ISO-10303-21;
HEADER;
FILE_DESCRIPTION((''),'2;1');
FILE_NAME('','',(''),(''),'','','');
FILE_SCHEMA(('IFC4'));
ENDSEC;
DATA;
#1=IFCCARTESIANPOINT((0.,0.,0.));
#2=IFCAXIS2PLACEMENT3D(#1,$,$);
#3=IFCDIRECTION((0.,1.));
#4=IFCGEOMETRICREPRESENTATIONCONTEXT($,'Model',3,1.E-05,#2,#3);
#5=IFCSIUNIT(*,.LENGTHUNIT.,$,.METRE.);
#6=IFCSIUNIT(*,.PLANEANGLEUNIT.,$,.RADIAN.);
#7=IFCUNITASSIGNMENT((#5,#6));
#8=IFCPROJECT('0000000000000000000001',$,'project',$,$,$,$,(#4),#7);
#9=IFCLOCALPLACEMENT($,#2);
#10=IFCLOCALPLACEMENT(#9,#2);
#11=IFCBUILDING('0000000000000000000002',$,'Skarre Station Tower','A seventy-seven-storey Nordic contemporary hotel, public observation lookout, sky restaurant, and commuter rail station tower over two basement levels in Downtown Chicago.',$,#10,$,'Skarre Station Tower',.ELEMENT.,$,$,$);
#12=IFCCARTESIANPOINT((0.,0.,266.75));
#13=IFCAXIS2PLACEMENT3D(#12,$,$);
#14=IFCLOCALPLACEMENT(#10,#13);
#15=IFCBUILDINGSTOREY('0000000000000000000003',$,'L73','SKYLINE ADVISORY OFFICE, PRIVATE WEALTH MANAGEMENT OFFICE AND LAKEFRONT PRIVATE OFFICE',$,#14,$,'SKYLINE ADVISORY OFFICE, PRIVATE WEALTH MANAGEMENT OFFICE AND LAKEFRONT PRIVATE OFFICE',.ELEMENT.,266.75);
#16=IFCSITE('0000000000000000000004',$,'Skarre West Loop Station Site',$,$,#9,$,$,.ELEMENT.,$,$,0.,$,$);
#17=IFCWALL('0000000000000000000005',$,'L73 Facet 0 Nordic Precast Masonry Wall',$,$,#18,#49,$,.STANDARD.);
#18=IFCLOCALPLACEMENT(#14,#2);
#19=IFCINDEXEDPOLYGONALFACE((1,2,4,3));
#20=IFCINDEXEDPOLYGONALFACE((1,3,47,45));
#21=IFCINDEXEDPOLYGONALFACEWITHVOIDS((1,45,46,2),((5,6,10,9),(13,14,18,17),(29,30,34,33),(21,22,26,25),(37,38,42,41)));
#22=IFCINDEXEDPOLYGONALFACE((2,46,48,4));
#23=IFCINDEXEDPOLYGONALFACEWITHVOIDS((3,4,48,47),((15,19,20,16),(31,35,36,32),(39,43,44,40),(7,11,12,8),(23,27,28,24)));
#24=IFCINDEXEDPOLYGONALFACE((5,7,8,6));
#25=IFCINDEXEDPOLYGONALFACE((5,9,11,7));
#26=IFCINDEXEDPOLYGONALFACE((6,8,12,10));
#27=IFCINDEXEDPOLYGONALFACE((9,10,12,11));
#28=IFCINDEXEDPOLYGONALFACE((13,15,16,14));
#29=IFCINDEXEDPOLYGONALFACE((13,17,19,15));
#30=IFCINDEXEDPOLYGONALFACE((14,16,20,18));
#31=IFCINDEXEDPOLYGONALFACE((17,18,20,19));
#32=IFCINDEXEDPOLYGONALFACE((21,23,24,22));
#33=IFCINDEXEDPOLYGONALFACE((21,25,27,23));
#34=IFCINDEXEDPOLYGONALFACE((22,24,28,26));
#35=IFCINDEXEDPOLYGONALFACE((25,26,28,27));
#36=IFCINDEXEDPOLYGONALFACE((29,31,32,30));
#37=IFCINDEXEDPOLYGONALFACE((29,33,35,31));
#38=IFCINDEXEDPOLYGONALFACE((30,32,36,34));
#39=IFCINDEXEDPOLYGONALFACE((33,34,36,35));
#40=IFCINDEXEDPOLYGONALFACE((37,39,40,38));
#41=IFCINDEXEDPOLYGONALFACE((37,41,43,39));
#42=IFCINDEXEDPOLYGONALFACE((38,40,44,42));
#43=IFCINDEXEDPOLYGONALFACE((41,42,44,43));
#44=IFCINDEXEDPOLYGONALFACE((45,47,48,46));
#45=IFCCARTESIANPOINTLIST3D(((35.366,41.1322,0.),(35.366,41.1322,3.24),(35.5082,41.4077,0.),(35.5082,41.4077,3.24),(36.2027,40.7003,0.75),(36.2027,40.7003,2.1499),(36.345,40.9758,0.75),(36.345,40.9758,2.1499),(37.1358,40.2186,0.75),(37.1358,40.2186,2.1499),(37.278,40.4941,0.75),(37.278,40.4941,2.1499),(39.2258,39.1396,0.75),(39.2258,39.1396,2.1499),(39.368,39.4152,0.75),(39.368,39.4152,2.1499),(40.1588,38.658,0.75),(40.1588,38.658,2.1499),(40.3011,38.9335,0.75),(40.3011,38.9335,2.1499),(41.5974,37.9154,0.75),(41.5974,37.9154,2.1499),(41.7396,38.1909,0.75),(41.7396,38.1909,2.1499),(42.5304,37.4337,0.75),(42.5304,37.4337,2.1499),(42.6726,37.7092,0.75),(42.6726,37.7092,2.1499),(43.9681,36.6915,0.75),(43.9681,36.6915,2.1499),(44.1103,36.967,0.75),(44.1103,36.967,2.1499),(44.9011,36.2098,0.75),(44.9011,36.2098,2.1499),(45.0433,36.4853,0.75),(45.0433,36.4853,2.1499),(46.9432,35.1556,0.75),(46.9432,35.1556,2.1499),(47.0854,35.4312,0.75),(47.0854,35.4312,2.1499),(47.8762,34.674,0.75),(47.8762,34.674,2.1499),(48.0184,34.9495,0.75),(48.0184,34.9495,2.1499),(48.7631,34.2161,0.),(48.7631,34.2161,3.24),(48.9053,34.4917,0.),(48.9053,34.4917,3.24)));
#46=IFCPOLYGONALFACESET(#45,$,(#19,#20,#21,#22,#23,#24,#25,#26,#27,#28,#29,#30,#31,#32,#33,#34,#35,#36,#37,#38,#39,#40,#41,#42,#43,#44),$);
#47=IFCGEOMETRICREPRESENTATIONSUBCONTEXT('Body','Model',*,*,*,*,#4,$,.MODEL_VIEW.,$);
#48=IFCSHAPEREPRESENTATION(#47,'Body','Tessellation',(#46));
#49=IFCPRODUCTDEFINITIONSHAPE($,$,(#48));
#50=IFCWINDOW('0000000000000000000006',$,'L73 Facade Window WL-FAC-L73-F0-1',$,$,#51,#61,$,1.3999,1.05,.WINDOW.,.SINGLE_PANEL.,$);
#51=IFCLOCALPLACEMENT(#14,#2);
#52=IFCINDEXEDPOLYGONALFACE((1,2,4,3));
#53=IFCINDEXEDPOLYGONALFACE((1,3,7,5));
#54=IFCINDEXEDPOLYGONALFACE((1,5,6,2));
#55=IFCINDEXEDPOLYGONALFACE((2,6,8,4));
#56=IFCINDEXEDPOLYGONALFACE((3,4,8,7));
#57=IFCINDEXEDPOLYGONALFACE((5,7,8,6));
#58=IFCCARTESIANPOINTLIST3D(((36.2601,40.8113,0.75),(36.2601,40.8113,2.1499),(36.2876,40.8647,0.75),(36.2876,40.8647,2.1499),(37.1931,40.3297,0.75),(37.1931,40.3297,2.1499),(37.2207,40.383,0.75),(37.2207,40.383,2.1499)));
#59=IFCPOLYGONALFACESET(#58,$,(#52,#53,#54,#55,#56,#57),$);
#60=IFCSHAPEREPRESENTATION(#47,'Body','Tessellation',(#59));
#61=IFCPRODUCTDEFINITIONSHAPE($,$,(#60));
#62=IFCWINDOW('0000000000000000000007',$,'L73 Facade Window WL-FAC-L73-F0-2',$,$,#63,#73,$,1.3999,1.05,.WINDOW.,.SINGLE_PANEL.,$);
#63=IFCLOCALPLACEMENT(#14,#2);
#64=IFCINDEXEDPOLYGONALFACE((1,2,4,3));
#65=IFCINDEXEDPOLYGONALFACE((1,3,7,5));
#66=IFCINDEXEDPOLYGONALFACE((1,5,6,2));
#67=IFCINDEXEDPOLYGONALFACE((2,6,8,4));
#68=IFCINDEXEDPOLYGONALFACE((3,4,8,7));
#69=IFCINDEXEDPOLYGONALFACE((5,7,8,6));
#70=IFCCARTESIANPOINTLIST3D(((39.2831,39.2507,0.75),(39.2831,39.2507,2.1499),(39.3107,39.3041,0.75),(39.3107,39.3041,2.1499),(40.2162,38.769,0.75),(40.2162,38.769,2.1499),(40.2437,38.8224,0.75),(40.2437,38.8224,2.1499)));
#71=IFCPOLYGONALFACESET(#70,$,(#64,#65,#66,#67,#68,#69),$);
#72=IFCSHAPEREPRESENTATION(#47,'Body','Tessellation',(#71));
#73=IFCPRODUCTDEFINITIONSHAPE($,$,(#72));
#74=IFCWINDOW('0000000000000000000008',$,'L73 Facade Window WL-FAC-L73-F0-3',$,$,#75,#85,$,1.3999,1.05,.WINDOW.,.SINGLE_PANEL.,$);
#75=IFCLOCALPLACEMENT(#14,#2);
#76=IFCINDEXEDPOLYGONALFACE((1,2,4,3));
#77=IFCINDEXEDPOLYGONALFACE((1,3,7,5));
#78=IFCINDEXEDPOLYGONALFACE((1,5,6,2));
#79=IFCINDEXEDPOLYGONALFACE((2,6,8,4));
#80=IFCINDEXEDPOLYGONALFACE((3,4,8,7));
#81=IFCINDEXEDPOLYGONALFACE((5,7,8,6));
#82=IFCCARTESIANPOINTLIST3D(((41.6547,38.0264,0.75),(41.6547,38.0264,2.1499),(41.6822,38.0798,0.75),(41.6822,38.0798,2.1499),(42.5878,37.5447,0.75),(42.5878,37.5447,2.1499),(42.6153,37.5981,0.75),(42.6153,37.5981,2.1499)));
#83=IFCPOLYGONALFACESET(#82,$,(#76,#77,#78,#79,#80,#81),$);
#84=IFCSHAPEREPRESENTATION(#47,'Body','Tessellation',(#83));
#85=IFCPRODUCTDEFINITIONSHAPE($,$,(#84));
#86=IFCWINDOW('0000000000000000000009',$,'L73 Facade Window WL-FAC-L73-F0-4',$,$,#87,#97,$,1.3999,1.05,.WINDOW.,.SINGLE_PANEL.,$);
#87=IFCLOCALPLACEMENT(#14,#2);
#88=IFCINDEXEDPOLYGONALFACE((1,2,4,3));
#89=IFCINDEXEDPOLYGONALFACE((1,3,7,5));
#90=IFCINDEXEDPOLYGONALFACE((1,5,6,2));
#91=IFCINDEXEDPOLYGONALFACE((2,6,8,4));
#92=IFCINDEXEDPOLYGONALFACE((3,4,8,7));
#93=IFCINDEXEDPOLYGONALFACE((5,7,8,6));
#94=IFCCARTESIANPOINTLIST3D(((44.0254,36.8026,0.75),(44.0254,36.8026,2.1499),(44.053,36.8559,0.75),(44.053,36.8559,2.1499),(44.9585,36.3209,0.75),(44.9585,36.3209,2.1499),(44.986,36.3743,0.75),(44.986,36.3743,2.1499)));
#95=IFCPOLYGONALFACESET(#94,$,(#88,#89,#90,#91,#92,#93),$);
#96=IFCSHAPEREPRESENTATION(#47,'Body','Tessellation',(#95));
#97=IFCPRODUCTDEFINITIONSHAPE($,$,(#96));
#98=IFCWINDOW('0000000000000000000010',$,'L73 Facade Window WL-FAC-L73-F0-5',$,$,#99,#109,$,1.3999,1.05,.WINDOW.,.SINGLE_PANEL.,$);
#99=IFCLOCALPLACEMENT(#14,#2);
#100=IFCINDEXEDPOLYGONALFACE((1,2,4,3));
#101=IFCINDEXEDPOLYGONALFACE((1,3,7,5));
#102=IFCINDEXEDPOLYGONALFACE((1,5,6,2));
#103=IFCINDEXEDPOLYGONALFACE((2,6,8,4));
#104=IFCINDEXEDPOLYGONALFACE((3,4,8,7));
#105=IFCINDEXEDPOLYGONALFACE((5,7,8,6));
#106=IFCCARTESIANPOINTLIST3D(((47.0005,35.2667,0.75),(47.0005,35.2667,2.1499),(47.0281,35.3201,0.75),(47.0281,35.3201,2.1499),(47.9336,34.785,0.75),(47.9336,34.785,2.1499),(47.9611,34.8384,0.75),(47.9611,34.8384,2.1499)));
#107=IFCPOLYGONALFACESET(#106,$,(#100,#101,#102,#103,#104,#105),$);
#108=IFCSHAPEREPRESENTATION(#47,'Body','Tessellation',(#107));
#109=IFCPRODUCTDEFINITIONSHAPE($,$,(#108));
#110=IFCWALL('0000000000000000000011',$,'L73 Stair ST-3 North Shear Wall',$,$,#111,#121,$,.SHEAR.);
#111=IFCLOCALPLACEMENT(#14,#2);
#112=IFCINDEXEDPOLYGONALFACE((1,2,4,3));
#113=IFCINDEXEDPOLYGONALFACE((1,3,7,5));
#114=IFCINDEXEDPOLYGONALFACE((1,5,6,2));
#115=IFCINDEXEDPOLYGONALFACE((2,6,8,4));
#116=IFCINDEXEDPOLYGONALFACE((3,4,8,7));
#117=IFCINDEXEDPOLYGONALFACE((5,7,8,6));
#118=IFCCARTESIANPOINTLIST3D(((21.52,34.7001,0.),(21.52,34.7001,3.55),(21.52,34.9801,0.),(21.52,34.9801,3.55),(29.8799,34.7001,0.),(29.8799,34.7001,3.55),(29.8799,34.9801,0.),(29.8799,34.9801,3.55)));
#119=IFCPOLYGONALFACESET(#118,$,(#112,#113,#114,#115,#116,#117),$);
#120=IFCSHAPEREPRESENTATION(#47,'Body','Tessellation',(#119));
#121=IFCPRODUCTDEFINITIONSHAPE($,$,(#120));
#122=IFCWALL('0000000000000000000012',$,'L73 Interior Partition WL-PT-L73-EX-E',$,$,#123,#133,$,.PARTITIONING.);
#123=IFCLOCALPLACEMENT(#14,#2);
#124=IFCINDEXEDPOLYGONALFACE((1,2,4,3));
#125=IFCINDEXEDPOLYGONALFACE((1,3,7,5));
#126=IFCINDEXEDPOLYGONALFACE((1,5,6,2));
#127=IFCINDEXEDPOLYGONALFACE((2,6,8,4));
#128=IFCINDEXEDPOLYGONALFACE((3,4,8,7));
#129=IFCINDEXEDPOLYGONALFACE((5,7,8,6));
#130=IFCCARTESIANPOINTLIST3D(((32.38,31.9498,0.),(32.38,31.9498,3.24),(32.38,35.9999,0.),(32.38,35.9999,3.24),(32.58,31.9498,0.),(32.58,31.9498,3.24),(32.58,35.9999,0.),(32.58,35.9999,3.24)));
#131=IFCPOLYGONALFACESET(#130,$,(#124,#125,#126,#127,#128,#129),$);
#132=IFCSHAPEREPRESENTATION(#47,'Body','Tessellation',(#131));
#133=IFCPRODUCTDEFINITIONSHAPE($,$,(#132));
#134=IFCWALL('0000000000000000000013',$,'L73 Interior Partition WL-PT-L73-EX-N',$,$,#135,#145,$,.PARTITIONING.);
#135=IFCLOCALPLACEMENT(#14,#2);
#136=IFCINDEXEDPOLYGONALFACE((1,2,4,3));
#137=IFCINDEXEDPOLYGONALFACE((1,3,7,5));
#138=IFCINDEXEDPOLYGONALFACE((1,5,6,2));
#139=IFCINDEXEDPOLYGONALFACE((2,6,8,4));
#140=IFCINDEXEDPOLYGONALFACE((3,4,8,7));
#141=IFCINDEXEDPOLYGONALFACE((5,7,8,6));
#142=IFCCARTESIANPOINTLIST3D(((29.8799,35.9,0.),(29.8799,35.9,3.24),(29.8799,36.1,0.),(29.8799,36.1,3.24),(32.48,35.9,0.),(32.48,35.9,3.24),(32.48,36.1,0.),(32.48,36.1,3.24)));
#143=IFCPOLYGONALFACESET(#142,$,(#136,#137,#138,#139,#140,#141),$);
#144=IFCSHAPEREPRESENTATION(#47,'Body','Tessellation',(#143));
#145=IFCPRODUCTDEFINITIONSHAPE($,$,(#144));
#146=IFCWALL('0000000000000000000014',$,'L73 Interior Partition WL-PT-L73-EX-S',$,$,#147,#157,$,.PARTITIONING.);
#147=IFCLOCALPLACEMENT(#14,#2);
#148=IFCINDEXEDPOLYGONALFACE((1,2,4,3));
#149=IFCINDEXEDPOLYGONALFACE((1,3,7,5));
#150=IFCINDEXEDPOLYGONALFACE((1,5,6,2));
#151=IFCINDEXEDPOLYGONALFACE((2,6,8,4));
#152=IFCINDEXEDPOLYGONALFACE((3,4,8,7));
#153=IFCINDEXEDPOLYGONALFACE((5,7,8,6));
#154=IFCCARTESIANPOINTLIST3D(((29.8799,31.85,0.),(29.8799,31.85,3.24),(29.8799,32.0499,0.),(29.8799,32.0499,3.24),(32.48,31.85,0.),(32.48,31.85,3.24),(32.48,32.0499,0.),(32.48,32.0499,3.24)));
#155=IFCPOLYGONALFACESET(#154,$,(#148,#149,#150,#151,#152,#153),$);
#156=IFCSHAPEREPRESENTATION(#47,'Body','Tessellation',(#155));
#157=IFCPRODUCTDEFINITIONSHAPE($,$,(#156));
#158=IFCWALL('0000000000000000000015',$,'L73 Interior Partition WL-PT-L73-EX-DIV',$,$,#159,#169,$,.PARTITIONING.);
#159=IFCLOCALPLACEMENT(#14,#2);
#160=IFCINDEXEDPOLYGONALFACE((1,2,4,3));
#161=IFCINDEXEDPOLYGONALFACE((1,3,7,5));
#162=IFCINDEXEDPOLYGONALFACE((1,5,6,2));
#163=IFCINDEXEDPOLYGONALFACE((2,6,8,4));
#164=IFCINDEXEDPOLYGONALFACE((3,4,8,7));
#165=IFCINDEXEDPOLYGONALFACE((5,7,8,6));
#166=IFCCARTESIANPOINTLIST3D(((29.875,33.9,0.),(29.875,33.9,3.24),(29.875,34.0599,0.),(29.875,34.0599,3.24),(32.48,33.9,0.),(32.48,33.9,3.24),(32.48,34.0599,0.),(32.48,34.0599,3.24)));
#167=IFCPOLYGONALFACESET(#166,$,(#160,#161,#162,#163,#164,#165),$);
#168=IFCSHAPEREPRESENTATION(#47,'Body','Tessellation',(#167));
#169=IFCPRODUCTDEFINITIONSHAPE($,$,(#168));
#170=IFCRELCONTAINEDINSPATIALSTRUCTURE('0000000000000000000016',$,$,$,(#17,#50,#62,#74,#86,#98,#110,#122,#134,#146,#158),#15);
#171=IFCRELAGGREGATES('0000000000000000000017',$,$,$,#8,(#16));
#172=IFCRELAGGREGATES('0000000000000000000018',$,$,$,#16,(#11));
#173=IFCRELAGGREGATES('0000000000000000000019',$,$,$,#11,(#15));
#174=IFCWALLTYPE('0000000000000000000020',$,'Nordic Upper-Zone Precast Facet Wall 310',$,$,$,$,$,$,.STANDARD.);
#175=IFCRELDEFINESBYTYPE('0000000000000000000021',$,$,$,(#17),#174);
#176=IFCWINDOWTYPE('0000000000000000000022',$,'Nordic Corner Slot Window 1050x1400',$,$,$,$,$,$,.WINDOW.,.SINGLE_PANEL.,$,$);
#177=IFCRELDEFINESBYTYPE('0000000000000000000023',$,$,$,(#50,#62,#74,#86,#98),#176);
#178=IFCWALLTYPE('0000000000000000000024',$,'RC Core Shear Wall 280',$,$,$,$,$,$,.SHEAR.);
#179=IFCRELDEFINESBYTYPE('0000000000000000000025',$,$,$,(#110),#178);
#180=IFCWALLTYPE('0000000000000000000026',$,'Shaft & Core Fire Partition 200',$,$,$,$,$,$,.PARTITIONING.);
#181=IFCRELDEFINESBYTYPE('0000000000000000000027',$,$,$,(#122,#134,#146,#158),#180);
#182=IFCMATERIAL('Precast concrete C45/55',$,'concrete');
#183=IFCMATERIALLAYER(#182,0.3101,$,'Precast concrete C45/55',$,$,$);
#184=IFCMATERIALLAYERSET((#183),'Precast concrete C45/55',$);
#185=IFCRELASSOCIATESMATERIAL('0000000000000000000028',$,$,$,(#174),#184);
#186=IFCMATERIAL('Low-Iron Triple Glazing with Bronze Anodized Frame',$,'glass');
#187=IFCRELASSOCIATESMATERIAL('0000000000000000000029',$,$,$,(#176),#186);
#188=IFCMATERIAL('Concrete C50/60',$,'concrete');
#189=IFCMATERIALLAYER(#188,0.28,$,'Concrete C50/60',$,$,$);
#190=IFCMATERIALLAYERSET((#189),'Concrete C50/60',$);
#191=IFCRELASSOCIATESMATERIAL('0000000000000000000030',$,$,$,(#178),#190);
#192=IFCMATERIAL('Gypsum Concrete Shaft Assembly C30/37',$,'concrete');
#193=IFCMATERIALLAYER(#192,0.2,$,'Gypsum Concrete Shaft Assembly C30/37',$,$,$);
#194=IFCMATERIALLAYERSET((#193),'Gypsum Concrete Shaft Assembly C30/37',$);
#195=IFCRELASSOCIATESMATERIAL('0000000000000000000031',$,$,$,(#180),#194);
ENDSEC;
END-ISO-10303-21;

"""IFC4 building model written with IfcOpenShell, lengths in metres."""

from ifc_helpers import new_model, si_unit, direction, frame, frame_2d, origin, place, context, subcontext, project, spatial, rectangle, extrude, material, layer, layer_set, type_object, element, fill, save


model = new_model("IFC4")

# Units and contexts
model_context = context("Model", 3, precision=1e-05, world=origin(), true_north=direction((0.0, 1.0)))
body_context = subcontext(model_context, "Body", "Model", "MODEL_VIEW")
ifc_project = project(units=[si_unit("LENGTHUNIT", "METRE"), si_unit("PLANEANGLEUNIT", "RADIAN")], contexts=[model_context])

# Site, building, storey
site_placement = place(None, origin())
site = spatial("IfcSite", under=ifc_project, at=site_placement, Name="Skarre West Loop Station Site", CompositionType="ELEMENT", RefElevation=0.0)
building_placement = place(site_placement, origin())
building = spatial("IfcBuilding", under=site, at=building_placement, Name="Skarre Station Tower", Description="A seventy-seven-storey Nordic contemporary hotel, public observation lookout, sky restaurant, and commuter rail station tower over two basement levels in Downtown Chicago.", LongName="Skarre Station Tower", CompositionType="ELEMENT")
storey_placement = place(building_placement, frame((0.0, 0.0, 266.75)))
storey = spatial("IfcBuildingStorey", under=building, at=storey_placement, Name="L73", Description="SKYLINE ADVISORY OFFICE, PRIVATE WEALTH MANAGEMENT OFFICE AND LAKEFRONT PRIVATE OFFICE", LongName="SKYLINE ADVISORY OFFICE, PRIVATE WEALTH MANAGEMENT OFFICE AND LAKEFRONT PRIVATE OFFICE", CompositionType="ELEMENT", Elevation=266.75)

# Shared definitions
ifc_material_1 = material(Name="Concrete C50/60", Category="concrete")

# Shared definitions
ifc_material_2 = material(Name="Precast concrete C45/55", Category="concrete")

# Wall, openings, windows
ifc_layer_1 = layer(ifc_material_2, 0.3101, Name="Precast concrete C45/55")
ifc_layer_set_1 = layer_set([ifc_layer_1], Name="Precast concrete C45/55")
wall_type_1 = type_object("IfcWallType", Name="Nordic Upper-Zone Precast Facet Wall 310", PredefinedType="STANDARD", material=ifc_layer_set_1)
wall_1_placement = place(storey_placement, frame((35.437, 41.27, 0.0), z_axis=(0.0, 0.0, 1.0), x_axis=(0.888581, -0.458719, 0.0)))
wall_1 = element("IfcWall", 1, at=wall_1_placement, inside=storey, type_object=wall_type_1, Name="L73 Facet 0 Nordic Precast Masonry Wall", PredefinedType="STANDARD", context=body_context, shape_type="SweptSolid", body=[
    extrude(rectangle(XDim=15.0769, YDim=0.3101, at=frame_2d((7.5386, 0.0))), origin(), (0.0, 0.0, 1.0), 3.24),
])
opening_1_placement = place(wall_1_placement, frame((0.9419, 0.0, 0.75)))
opening_1 = element("IfcOpeningElement", 2, at=opening_1_placement, cuts=wall_1, PredefinedType="OPENING", context=body_context, shape_type="SweptSolid", body=[
    extrude(rectangle(XDim=1.05, YDim=1.3999, at=frame_2d((0.5249, 0.7))), frame((0.0, 0.165, 0.0), z_axis=(0.0, -1.0, 0.0), x_axis=(1.0, 0.0, 0.0)), (0.0, 0.0, 1.0), 0.3301),
])
opening_2_placement = place(wall_1_placement, frame((4.344, 0.0, 0.75)))
opening_2 = element("IfcOpeningElement", 3, at=opening_2_placement, cuts=wall_1, PredefinedType="OPENING", context=body_context, shape_type="SweptSolid", body=[
    extrude(rectangle(XDim=1.05, YDim=1.3999, at=frame_2d((0.5249, 0.7))), frame((0.0, 0.165, 0.0), z_axis=(0.0, -1.0, 0.0), x_axis=(1.0, 0.0, 0.0)), (0.0, 0.0, 1.0), 0.3301),
])
opening_3_placement = place(wall_1_placement, frame((7.0129, 0.0, 0.75)))
opening_3 = element("IfcOpeningElement", 4, at=opening_3_placement, cuts=wall_1, PredefinedType="OPENING", context=body_context, shape_type="SweptSolid", body=[
    extrude(rectangle(XDim=1.05, YDim=1.3999, at=frame_2d((0.5249, 0.7))), frame((0.0, 0.165, 0.0), z_axis=(0.0, -1.0, 0.0), x_axis=(1.0, 0.0, 0.0)), (0.0, 0.0, 1.0), 0.3301),
])
opening_4_placement = place(wall_1_placement, frame((9.6809, 0.0, 0.75)))
opening_4 = element("IfcOpeningElement", 5, at=opening_4_placement, cuts=wall_1, PredefinedType="OPENING", context=body_context, shape_type="SweptSolid", body=[
    extrude(rectangle(XDim=1.05, YDim=1.3999, at=frame_2d((0.5249, 0.7))), frame((0.0, 0.165, 0.0), z_axis=(0.0, -1.0, 0.0), x_axis=(1.0, 0.0, 0.0)), (0.0, 0.0, 1.0), 0.3301),
])
opening_5_placement = place(wall_1_placement, frame((13.0291, 0.0, 0.75)))
opening_5 = element("IfcOpeningElement", 6, at=opening_5_placement, cuts=wall_1, PredefinedType="OPENING", context=body_context, shape_type="SweptSolid", body=[
    extrude(rectangle(XDim=1.05, YDim=1.3999, at=frame_2d((0.5249, 0.7))), frame((0.0, 0.165, 0.0), z_axis=(0.0, -1.0, 0.0), x_axis=(1.0, 0.0, 0.0)), (0.0, 0.0, 1.0), 0.3301),
])
ifc_material_3 = material(Name="Low-Iron Triple Glazing with Bronze Anodized Frame", Category="glass")
window_type = type_object("IfcWindowType", Name="Nordic Corner Slot Window 1050x1400", PartitioningType="SINGLE_PANEL", PredefinedType="WINDOW", material=ifc_material_3)
window_1_placement = place(opening_1_placement, origin())
window_1 = element("IfcWindow", 7, at=window_1_placement, inside=storey, type_object=window_type, Name="L73 Facade Window WL-FAC-L73-F0-1", OverallHeight=1.3999, OverallWidth=1.05, PartitioningType="SINGLE_PANEL", PredefinedType="WINDOW", context=body_context, shape_type="SweptSolid", body=[
    extrude(rectangle(XDim=1.05, YDim=1.3999, at=frame_2d((0.5249, 0.7))), frame((0.0, 0.03, 0.0), z_axis=(0.0, -1.0, 0.0), x_axis=(1.0, 0.0, 0.0)), (0.0, 0.0, 1.0), 0.0601),
])
fill(opening_1, window_1)
window_2_placement = place(opening_2_placement, origin())
window_2 = element("IfcWindow", 8, at=window_2_placement, inside=storey, type_object=window_type, Name="L73 Facade Window WL-FAC-L73-F0-2", OverallHeight=1.3999, OverallWidth=1.05, PartitioningType="SINGLE_PANEL", PredefinedType="WINDOW", context=body_context, shape_type="SweptSolid", body=[
    extrude(rectangle(XDim=1.05, YDim=1.3999, at=frame_2d((0.5249, 0.7))), frame((0.0, 0.03, 0.0), z_axis=(0.0, -1.0, 0.0), x_axis=(1.0, 0.0, 0.0)), (0.0, 0.0, 1.0), 0.0601),
])
fill(opening_2, window_2)
window_3_placement = place(opening_3_placement, origin())
window_3 = element("IfcWindow", 9, at=window_3_placement, inside=storey, type_object=window_type, Name="L73 Facade Window WL-FAC-L73-F0-3", OverallHeight=1.3999, OverallWidth=1.05, PartitioningType="SINGLE_PANEL", PredefinedType="WINDOW", context=body_context, shape_type="SweptSolid", body=[
    extrude(rectangle(XDim=1.05, YDim=1.3999, at=frame_2d((0.5249, 0.7))), frame((0.0, 0.03, 0.0), z_axis=(0.0, -1.0, 0.0), x_axis=(1.0, 0.0, 0.0)), (0.0, 0.0, 1.0), 0.0601),
])
fill(opening_3, window_3)
window_4_placement = place(opening_4_placement, origin())
window_4 = element("IfcWindow", 10, at=window_4_placement, inside=storey, type_object=window_type, Name="L73 Facade Window WL-FAC-L73-F0-4", OverallHeight=1.3999, OverallWidth=1.05, PartitioningType="SINGLE_PANEL", PredefinedType="WINDOW", context=body_context, shape_type="SweptSolid", body=[
    extrude(rectangle(XDim=1.05, YDim=1.3999, at=frame_2d((0.5249, 0.7))), frame((0.0, 0.03, 0.0), z_axis=(0.0, -1.0, 0.0), x_axis=(1.0, 0.0, 0.0)), (0.0, 0.0, 1.0), 0.0601),
])
fill(opening_4, window_4)
window_5_placement = place(opening_5_placement, origin())
window_5 = element("IfcWindow", 11, at=window_5_placement, inside=storey, type_object=window_type, Name="L73 Facade Window WL-FAC-L73-F0-5", OverallHeight=1.3999, OverallWidth=1.05, PartitioningType="SINGLE_PANEL", PredefinedType="WINDOW", context=body_context, shape_type="SweptSolid", body=[
    extrude(rectangle(XDim=1.05, YDim=1.3999, at=frame_2d((0.5249, 0.7))), frame((0.0, 0.03, 0.0), z_axis=(0.0, -1.0, 0.0), x_axis=(1.0, 0.0, 0.0)), (0.0, 0.0, 1.0), 0.0601),
])
fill(opening_5, window_5)

# Walls
ifc_layer_2 = layer(ifc_material_1, 0.28, Name="Concrete C50/60")
ifc_layer_set_2 = layer_set([ifc_layer_2], Name="Concrete C50/60")
wall_type_2 = type_object("IfcWallType", Name="RC Core Shear Wall 280", PredefinedType="SHEAR", material=ifc_layer_set_2)
wall_2_placement = place(storey_placement, frame((29.8799, 34.8401, 0.0), z_axis=(0.0, 0.0, 1.0), x_axis=(-1.0, 0.0, 0.0)))
element("IfcWall", 12, at=wall_2_placement, inside=storey, type_object=wall_type_2, Name="L73 Stair ST-3 North Shear Wall", PredefinedType="SHEAR", context=body_context, shape_type="SweptSolid", body=[
    extrude(rectangle(XDim=8.3599, YDim=0.28, at=frame_2d((4.1799, 0.0))), origin(), (0.0, 0.0, 1.0), 3.55),
])
ifc_material_4 = material(Name="Gypsum Concrete Shaft Assembly C30/37", Category="concrete")
ifc_layer_3 = layer(ifc_material_4, 0.2, Name="Gypsum Concrete Shaft Assembly C30/37")
ifc_layer_set_3 = layer_set([ifc_layer_3], Name="Gypsum Concrete Shaft Assembly C30/37")
wall_type_3 = type_object("IfcWallType", Name="Shaft & Core Fire Partition 200", PredefinedType="PARTITIONING", material=ifc_layer_set_3)
wall_3_placement = place(storey_placement, frame((32.48, 31.95, 0.0), z_axis=(0.0, 0.0, 1.0), x_axis=(0.0, 1.0, 0.0)))
element("IfcWall", 13, at=wall_3_placement, inside=storey, type_object=wall_type_3, Name="L73 Interior Partition WL-PT-L73-EX-E", PredefinedType="PARTITIONING", context=body_context, shape_type="SweptSolid", body=[
    extrude(rectangle(XDim=4.05, YDim=0.2, at=frame_2d((2.0249, 0.0))), origin(), (0.0, 0.0, 1.0), 3.24),
])
for number, where, z_axis, x_axis, name in (
    (14, (29.8799, 36.0, 0.0), (0.0, 0.0, 1.0), (1.0, 0.0, 0.0), "L73 Interior Partition WL-PT-L73-EX-N"),
    (15, (32.48, 31.95, 0.0), (0.0, 0.0, 1.0), (-1.0, 0.0, 0.0), "L73 Interior Partition WL-PT-L73-EX-S"),
):
    element("IfcWall", number, at=place(storey_placement, frame(where, z_axis=z_axis, x_axis=x_axis)), inside=storey, type_object=wall_type_3, Name=name, PredefinedType="PARTITIONING", context=body_context, shape_type="SweptSolid", body=[
        extrude(rectangle(XDim=2.6001, YDim=0.2, at=frame_2d((1.3, 0.0))), origin(), (0.0, 0.0, 1.0), 3.24),
    ])
wall_4_placement = place(storey_placement, frame((29.875, 33.98, 0.0), z_axis=(0.0, 0.0, 1.0), x_axis=(1.0, 0.0, 0.0)))
element("IfcWall", 16, at=wall_4_placement, inside=storey, type_object=wall_type_3, Name="L73 Interior Partition WL-PT-L73-EX-DIV", PredefinedType="PARTITIONING", context=body_context, shape_type="SweptSolid", body=[
    extrude(rectangle(XDim=2.605, YDim=0.1599, at=frame_2d((1.3025, 0.0))), origin(), (0.0, 0.0, 1.0), 3.24),
])

save(model, "model.ifc")
